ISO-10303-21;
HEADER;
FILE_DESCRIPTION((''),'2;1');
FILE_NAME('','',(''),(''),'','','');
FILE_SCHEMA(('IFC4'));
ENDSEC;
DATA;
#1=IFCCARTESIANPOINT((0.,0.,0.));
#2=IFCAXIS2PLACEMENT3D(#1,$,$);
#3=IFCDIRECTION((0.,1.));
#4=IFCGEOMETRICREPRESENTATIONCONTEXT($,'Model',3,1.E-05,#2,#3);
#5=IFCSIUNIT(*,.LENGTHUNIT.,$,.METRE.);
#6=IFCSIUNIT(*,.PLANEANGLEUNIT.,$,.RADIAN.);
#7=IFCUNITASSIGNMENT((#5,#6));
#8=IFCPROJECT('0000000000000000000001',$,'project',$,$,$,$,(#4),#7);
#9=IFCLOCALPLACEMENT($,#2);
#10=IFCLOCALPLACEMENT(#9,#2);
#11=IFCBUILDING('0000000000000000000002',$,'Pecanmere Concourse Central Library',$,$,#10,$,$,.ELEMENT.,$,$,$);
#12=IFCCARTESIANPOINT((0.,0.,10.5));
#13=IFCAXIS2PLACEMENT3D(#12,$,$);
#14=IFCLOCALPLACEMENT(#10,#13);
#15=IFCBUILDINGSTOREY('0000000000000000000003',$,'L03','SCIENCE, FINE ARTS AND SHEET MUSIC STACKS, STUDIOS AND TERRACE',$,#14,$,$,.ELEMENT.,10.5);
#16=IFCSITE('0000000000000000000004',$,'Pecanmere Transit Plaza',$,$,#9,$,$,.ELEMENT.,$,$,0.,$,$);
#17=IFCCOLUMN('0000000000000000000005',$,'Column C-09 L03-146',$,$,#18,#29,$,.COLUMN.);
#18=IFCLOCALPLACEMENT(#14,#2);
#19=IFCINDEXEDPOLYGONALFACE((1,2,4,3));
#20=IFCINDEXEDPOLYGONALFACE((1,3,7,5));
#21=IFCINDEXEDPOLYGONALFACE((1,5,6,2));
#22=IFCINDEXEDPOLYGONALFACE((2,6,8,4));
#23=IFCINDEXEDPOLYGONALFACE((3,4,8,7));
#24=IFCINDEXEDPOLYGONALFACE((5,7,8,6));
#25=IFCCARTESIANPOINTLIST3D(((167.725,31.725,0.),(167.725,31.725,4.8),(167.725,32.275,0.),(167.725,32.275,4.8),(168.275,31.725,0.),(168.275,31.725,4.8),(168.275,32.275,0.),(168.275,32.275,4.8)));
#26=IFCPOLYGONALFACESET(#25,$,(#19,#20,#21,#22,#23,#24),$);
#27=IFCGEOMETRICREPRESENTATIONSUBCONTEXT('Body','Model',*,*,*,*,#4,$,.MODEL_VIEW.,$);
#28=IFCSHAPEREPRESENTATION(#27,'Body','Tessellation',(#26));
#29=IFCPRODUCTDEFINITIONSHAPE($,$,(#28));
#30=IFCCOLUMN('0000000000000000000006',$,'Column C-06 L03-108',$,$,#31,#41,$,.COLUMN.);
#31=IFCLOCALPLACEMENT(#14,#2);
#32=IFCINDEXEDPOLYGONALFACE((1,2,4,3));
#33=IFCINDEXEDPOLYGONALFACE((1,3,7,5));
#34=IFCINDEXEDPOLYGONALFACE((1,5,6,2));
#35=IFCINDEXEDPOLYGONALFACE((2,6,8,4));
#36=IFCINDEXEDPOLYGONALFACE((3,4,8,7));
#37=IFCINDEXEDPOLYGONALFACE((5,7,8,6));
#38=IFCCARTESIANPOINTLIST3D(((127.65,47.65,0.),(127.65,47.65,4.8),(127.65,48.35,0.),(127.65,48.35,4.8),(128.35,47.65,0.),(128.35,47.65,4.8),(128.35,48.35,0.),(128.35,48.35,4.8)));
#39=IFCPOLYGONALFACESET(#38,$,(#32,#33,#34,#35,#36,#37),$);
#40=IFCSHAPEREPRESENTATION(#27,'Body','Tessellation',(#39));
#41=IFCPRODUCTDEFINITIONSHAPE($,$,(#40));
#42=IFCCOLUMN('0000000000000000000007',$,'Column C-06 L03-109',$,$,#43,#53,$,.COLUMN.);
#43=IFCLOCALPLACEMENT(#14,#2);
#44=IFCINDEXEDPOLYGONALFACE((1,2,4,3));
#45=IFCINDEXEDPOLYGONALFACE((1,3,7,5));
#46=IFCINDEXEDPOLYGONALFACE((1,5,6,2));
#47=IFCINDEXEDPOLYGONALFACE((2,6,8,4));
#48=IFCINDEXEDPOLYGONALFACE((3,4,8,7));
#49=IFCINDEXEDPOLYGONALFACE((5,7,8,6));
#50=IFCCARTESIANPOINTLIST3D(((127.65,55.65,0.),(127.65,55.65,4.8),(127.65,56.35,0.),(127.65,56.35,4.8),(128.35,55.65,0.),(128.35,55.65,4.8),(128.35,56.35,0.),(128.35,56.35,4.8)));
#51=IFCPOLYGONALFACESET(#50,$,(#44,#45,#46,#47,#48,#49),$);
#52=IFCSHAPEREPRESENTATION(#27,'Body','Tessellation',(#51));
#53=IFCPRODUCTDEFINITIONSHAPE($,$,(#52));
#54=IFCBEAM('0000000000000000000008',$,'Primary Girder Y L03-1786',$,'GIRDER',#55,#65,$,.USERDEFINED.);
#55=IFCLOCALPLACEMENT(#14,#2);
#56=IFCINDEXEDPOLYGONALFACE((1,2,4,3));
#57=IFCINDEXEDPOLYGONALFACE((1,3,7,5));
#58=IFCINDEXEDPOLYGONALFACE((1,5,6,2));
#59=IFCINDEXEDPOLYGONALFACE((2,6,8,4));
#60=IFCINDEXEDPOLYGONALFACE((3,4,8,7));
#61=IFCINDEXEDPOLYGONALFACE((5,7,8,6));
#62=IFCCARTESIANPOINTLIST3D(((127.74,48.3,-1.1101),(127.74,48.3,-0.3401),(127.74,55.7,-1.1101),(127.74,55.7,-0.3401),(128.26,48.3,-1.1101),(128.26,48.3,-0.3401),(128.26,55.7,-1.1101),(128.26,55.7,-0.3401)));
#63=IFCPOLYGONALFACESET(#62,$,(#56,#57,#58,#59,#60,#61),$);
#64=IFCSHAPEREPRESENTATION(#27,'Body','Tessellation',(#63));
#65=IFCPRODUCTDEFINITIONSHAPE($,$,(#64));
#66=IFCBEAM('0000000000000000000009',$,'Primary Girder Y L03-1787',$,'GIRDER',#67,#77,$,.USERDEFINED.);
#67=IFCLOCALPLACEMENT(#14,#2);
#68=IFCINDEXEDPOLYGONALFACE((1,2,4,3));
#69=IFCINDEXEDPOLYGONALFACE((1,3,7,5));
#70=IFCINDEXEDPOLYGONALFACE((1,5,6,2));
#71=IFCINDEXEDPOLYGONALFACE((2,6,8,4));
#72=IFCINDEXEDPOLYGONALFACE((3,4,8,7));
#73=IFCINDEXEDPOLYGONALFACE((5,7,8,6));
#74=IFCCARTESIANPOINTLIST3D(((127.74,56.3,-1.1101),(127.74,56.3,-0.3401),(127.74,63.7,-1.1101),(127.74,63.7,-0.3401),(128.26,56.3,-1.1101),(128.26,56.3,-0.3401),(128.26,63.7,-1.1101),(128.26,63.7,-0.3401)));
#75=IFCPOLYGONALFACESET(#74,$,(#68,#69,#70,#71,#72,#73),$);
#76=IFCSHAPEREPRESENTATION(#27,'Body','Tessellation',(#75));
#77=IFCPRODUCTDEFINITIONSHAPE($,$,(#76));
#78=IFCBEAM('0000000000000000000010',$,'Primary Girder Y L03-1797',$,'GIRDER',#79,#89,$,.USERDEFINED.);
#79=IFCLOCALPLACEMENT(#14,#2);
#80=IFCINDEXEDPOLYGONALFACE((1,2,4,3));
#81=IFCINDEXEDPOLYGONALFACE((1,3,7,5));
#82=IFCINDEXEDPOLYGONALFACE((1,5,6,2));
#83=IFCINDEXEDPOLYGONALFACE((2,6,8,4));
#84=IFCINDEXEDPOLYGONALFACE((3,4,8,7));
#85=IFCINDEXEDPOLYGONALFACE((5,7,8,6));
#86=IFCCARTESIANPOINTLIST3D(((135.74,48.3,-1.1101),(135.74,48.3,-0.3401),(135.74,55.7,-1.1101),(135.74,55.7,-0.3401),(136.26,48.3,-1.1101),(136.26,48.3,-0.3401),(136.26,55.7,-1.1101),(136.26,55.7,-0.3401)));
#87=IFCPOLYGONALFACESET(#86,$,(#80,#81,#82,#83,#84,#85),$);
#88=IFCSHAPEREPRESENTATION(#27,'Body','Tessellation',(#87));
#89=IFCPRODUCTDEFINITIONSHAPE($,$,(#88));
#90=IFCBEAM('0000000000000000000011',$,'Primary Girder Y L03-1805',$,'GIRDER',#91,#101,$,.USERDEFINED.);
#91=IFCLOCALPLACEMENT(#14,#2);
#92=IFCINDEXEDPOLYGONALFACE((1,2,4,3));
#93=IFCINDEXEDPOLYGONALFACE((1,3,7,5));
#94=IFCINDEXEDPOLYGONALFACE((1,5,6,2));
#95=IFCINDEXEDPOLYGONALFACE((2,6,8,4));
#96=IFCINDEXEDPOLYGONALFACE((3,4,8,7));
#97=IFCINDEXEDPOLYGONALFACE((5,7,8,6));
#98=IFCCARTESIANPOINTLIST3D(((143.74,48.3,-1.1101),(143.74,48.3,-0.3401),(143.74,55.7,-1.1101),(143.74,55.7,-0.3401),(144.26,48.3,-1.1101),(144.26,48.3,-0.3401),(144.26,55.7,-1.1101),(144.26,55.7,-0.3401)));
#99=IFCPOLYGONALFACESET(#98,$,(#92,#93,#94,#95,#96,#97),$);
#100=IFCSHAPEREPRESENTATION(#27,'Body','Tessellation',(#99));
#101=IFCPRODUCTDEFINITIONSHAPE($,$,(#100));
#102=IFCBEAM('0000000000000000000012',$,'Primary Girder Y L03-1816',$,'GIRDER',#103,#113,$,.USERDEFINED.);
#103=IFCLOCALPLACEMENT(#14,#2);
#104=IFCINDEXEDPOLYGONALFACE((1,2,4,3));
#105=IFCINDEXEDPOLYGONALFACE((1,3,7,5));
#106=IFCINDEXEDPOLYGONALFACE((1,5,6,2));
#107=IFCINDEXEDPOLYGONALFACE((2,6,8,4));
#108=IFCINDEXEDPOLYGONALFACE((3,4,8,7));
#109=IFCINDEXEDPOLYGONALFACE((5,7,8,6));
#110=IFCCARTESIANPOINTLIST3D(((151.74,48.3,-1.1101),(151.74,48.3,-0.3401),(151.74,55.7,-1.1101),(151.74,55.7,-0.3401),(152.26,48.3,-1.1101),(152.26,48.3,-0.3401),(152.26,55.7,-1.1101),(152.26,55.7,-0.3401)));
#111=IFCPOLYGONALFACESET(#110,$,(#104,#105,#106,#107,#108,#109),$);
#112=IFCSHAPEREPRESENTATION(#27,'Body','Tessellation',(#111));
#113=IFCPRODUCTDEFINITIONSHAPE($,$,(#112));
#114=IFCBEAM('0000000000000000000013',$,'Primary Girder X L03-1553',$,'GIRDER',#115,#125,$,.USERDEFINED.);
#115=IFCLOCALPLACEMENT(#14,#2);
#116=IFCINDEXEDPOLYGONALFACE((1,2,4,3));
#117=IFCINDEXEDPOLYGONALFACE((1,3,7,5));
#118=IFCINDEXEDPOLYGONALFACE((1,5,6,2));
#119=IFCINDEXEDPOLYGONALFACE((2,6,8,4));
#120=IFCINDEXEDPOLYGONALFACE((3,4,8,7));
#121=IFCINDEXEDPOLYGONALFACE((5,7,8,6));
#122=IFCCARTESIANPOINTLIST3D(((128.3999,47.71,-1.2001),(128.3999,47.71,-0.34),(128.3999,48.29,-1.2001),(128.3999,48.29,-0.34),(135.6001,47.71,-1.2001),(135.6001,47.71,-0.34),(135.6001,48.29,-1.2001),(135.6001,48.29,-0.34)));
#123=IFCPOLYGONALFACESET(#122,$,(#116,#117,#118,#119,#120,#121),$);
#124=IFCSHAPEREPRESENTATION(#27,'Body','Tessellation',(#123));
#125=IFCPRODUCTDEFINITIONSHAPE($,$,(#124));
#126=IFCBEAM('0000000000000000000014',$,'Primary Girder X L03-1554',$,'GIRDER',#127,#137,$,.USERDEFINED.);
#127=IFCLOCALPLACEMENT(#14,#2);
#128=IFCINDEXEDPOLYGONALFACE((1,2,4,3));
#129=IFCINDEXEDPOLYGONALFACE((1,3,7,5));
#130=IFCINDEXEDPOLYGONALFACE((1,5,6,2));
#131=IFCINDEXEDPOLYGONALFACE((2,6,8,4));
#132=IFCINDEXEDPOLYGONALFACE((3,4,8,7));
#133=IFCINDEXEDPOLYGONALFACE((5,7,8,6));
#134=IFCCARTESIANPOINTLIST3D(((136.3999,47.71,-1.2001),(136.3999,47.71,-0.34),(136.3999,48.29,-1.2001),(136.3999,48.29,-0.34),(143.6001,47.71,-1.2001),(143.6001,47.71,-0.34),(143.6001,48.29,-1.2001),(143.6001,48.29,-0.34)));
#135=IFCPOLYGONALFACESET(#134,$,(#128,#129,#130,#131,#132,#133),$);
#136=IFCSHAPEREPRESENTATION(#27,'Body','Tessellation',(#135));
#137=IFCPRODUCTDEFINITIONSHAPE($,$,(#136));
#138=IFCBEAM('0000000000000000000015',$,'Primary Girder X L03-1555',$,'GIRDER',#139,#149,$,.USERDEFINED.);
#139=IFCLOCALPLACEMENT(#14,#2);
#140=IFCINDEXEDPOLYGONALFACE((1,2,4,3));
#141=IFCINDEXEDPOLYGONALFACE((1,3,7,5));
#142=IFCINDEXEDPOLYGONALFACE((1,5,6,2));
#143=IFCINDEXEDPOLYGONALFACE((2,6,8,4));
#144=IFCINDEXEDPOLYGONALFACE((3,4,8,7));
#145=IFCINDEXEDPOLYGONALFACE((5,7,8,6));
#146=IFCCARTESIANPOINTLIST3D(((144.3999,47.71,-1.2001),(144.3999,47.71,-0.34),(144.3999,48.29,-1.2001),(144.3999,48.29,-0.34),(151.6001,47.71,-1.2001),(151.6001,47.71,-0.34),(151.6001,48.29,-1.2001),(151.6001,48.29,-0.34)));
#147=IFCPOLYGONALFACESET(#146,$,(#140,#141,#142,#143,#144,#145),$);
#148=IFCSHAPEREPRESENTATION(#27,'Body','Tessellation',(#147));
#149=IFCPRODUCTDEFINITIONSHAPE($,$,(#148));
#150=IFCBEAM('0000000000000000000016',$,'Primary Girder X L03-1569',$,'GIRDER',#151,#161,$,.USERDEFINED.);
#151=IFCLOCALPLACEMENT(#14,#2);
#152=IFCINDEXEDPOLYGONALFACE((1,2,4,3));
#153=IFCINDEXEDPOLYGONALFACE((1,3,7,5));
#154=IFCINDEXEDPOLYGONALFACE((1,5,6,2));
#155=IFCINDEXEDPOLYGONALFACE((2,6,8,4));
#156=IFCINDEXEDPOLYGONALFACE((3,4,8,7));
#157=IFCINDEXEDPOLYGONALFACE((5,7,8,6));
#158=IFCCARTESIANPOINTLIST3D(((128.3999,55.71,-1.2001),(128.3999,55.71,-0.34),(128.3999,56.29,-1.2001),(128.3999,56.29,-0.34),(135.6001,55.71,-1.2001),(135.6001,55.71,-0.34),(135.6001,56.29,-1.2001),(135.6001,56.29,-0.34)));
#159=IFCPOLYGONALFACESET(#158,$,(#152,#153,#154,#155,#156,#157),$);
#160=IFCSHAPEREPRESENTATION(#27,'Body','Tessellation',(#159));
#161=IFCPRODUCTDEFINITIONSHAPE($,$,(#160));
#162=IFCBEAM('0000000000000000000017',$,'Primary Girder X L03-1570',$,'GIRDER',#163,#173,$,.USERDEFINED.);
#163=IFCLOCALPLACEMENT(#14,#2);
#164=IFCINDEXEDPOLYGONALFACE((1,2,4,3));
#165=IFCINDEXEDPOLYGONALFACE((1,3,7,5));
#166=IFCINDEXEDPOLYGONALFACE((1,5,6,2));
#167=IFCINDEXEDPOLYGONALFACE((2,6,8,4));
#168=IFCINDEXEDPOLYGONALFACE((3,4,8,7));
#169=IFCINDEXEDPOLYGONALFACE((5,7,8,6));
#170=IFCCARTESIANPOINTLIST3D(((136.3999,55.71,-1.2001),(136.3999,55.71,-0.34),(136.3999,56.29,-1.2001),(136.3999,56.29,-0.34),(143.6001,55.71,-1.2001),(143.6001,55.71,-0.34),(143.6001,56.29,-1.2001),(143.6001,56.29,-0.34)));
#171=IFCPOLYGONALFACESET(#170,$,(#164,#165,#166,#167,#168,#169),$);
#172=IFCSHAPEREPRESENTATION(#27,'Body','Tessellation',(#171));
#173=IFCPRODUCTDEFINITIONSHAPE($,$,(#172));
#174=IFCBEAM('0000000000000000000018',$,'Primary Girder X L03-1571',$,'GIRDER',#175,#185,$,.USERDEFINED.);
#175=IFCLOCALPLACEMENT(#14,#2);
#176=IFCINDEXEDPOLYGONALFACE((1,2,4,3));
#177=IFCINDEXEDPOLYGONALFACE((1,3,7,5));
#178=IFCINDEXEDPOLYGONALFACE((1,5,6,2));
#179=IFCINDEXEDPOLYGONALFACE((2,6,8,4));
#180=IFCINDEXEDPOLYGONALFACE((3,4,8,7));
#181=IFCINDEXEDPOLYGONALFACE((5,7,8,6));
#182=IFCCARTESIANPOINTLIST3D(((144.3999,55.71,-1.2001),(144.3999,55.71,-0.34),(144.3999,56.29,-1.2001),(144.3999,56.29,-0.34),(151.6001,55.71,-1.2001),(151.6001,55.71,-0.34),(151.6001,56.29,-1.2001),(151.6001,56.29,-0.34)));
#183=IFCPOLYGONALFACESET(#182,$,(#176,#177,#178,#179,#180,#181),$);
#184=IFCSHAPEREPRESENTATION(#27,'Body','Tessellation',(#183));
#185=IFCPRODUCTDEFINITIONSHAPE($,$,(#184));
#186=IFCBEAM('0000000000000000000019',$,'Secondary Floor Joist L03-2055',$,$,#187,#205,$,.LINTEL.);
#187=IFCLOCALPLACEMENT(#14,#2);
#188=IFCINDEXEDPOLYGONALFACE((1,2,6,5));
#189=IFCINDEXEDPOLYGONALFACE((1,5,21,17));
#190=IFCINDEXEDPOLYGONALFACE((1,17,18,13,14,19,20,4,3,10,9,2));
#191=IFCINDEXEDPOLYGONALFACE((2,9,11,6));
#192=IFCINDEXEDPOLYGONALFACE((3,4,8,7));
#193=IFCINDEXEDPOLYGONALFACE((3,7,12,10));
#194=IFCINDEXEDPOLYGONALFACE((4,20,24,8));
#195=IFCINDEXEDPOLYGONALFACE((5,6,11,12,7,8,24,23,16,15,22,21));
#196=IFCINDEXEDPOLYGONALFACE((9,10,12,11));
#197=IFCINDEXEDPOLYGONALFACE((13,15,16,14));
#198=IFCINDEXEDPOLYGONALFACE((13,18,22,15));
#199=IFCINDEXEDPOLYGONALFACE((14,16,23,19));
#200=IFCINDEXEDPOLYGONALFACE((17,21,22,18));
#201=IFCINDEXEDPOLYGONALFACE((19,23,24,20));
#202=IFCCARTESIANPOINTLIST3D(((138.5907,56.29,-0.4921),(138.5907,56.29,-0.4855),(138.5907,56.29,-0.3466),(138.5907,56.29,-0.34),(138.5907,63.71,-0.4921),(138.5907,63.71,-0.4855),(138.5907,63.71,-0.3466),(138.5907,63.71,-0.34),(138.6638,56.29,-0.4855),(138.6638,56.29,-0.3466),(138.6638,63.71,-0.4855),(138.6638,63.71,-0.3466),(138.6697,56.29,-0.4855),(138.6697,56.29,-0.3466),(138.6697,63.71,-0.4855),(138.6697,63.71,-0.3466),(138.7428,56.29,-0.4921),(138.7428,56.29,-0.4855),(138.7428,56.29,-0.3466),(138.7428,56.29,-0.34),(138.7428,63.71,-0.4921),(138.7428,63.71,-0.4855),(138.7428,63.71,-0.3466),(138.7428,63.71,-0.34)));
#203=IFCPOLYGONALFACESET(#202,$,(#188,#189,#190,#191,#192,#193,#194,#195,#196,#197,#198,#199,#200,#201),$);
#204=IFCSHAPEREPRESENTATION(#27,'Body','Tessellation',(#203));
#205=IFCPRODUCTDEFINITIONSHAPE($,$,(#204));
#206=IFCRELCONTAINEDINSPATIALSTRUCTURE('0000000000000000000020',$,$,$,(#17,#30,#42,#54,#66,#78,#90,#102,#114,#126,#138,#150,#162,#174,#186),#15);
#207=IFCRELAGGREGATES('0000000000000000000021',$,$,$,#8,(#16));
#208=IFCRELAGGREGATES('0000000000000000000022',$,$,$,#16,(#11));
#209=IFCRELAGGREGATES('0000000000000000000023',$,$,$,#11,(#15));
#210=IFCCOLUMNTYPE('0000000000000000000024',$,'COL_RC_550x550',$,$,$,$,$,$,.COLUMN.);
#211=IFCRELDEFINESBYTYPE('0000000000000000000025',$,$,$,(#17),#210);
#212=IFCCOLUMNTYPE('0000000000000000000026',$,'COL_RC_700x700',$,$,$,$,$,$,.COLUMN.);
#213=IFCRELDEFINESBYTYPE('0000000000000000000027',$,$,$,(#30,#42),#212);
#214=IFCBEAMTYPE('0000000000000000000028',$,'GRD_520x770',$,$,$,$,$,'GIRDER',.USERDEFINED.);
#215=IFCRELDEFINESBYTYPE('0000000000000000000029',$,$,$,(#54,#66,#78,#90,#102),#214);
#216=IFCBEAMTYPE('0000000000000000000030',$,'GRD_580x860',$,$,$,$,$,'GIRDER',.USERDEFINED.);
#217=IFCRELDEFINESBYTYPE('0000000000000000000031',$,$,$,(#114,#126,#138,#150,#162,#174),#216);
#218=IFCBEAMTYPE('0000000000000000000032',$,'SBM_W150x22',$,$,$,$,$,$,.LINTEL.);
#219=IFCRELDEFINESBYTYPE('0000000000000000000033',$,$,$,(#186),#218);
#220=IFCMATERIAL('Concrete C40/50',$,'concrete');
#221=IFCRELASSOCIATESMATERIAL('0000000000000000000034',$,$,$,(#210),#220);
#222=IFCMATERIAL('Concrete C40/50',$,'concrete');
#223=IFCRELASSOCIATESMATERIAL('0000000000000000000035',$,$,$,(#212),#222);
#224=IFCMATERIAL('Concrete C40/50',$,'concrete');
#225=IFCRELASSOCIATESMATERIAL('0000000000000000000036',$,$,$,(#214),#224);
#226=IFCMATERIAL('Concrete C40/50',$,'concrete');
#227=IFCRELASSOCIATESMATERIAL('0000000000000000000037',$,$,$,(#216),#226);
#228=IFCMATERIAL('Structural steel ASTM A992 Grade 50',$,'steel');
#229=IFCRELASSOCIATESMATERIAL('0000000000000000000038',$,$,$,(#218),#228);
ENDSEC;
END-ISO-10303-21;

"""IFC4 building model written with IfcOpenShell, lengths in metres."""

from ifc_helpers import new_model, si_unit, direction, frame, origin, origin_2d, place, context, subcontext, project, spatial, rectangle, i_section, extrude, material, material_profile, profile_set, type_object, element, save


model = new_model("IFC4")

# Units and contexts
model_context = context("Model", 3, precision=1e-05, world=origin(), true_north=direction((0.0, 1.0)))
body_context = subcontext(model_context, "Body", "Model", "MODEL_VIEW")
ifc_project = project(units=[si_unit("LENGTHUNIT", "METRE"), si_unit("PLANEANGLEUNIT", "RADIAN")], contexts=[model_context])

# Site, building, storey
site_placement = place(None, origin())
site = spatial("IfcSite", under=ifc_project, at=site_placement, Name="Pecanmere Transit Plaza", CompositionType="ELEMENT", RefElevation=0.0)
building_placement = place(site_placement, origin())
building = spatial("IfcBuilding", under=site, at=building_placement, Name="Pecanmere Concourse Central Library", CompositionType="ELEMENT")
storey_placement = place(building_placement, frame((0.0, 0.0, 10.5)))
storey = spatial("IfcBuildingStorey", under=building, at=storey_placement, Name="L03", Description="SCIENCE, FINE ARTS AND SHEET MUSIC STACKS, STUDIOS AND TERRACE", CompositionType="ELEMENT", Elevation=10.5)

# Columns
ifc_material_1 = material(Name="Concrete C40/50", Category="concrete")
ifc_material_profile_1 = material_profile(ifc_material_1, rectangle(XDim=0.55, YDim=0.55, at=origin_2d()), Name="RC 550x550")
ifc_profile_set_1 = profile_set([ifc_material_profile_1], Name="Concrete C40/50")
column_type_1 = type_object("IfcColumnType", Name="COL_RC_550x550", PredefinedType="COLUMN", material=ifc_profile_set_1)
column_placement = place(storey_placement, frame((168.0, 32.0, 0.0), z_axis=(0.0, 0.0, 1.0), x_axis=(1.0, 0.0, 0.0)))
element("IfcColumn", 1, at=column_placement, inside=storey, type_object=column_type_1, Name="Column C-09 L03-146", PredefinedType="COLUMN", context=body_context, shape_type="SweptSolid", body=[
    extrude(rectangle(XDim=0.55, YDim=0.55, at=origin_2d()), origin(), (0.0, 0.0, 1.0), 4.8),
])
ifc_material_2 = material(Name="Concrete C40/50", Category="concrete")
ifc_material_profile_2 = material_profile(ifc_material_2, rectangle(XDim=0.7, YDim=0.7, at=origin_2d()), Name="RC 700x700")
ifc_profile_set_2 = profile_set([ifc_material_profile_2], Name="Concrete C40/50")
column_type_2 = type_object("IfcColumnType", Name="COL_RC_700x700", PredefinedType="COLUMN", material=ifc_profile_set_2)
for number, where, z_axis, x_axis, name in (
    (2, (128.0, 48.0, 0.0), (0.0, 0.0, 1.0), (1.0, 0.0, 0.0), "Column C-06 L03-108"),
    (3, (128.0, 56.0, 0.0), (0.0, 0.0, 1.0), (1.0, 0.0, 0.0), "Column C-06 L03-109"),
):
    element("IfcColumn", number, at=place(storey_placement, frame(where, z_axis=z_axis, x_axis=x_axis)), inside=storey, type_object=column_type_2, Name=name, PredefinedType="COLUMN", context=body_context, shape_type="SweptSolid", body=[
        extrude(rectangle(XDim=0.7, YDim=0.7, at=origin_2d()), origin(), (0.0, 0.0, 1.0), 4.8),
    ])

# Beams
ifc_material_3 = material(Name="Concrete C40/50", Category="concrete")
ifc_material_profile_3 = material_profile(ifc_material_3, rectangle(XDim=0.52, YDim=0.77, at=origin_2d()), Name="RC 520x770")
ifc_profile_set_3 = profile_set([ifc_material_profile_3], Name="Concrete C40/50")
beam_type_1 = type_object("IfcBeamType", Name="GRD_520x770", ElementType="GIRDER", PredefinedType="USERDEFINED", material=ifc_profile_set_3)
for number, where, z_axis, x_axis, name in (
    (4, (128.0, 48.3, -0.7251), (0.0, 1.0, 0.0), (-1.0, 0.0, 0.0), "Primary Girder Y L03-1786"),
    (5, (128.0, 56.3, -0.7251), (0.0, 1.0, 0.0), (-1.0, 0.0, 0.0), "Primary Girder Y L03-1787"),
    (6, (136.0, 48.3, -0.7251), (0.0, 1.0, 0.0), (-1.0, 0.0, 0.0), "Primary Girder Y L03-1797"),
    (7, (144.0, 48.3, -0.7251), (0.0, 1.0, 0.0), (-1.0, 0.0, 0.0), "Primary Girder Y L03-1805"),
    (8, (152.0, 48.3, -0.7251), (0.0, 1.0, 0.0), (-1.0, 0.0, 0.0), "Primary Girder Y L03-1816"),
):
    element("IfcBeam", number, at=place(storey_placement, frame(where, z_axis=z_axis, x_axis=x_axis)), inside=storey, type_object=beam_type_1, Name=name, ObjectType="GIRDER", PredefinedType="USERDEFINED", context=body_context, shape_type="SweptSolid", body=[
        extrude(rectangle(XDim=0.52, YDim=0.77, at=origin_2d()), origin(), (0.0, 0.0, 1.0), 7.3999),
    ])
ifc_material_4 = material(Name="Concrete C40/50", Category="concrete")
ifc_material_profile_4 = material_profile(ifc_material_4, rectangle(XDim=0.5801, YDim=0.8601, at=origin_2d()), Name="RC 580x860")
ifc_profile_set_4 = profile_set([ifc_material_profile_4], Name="Concrete C40/50")
beam_type_2 = type_object("IfcBeamType", Name="GRD_580x860", ElementType="GIRDER", PredefinedType="USERDEFINED", material=ifc_profile_set_4)
for number, where, z_axis, x_axis, name in (
    (9, (128.3999, 48.0, -0.77), (1.0, 0.0, 0.0), (0.0, 1.0, 0.0), "Primary Girder X L03-1553"),
    (10, (136.3999, 48.0, -0.77), (1.0, 0.0, 0.0), (0.0, 1.0, 0.0), "Primary Girder X L03-1554"),
    (11, (144.3999, 48.0, -0.77), (1.0, 0.0, 0.0), (0.0, 1.0, 0.0), "Primary Girder X L03-1555"),
    (12, (128.3999, 56.0, -0.77), (1.0, 0.0, 0.0), (0.0, 1.0, 0.0), "Primary Girder X L03-1569"),
    (13, (136.3999, 56.0, -0.77), (1.0, 0.0, 0.0), (0.0, 1.0, 0.0), "Primary Girder X L03-1570"),
    (14, (144.3999, 56.0, -0.77), (1.0, 0.0, 0.0), (0.0, 1.0, 0.0), "Primary Girder X L03-1571"),
):
    element("IfcBeam", number, at=place(storey_placement, frame(where, z_axis=z_axis, x_axis=x_axis)), inside=storey, type_object=beam_type_2, Name=name, ObjectType="GIRDER", PredefinedType="USERDEFINED", context=body_context, shape_type="SweptSolid", body=[
        extrude(rectangle(XDim=0.5801, YDim=0.8601, at=origin_2d()), origin(), (0.0, 0.0, 1.0), 7.2002),
    ])
ifc_material_5 = material(Name="Structural steel ASTM A992 Grade 50", Category="steel")
ifc_material_profile_5 = material_profile(ifc_material_5, i_section(OverallWidth=0.1521, OverallDepth=0.1521, WebThickness=0.0059, FlangeThickness=0.0066, at=origin_2d()), Name="W150x22.5")
ifc_profile_set_5 = profile_set([ifc_material_profile_5], Name="Structural steel ASTM A992 Grade 50")
beam_type_3 = type_object("IfcBeamType", Name="SBM_W150x22", PredefinedType="LINTEL", material=ifc_profile_set_5)
beam_1_placement = place(storey_placement, frame((138.6667, 56.29, -0.416), z_axis=(0.0, 1.0, 0.0), x_axis=(-1.0, 0.0, 0.0)))
element("IfcBeam", 15, at=beam_1_placement, inside=storey, type_object=beam_type_3, Name="Secondary Floor Joist L03-2055", PredefinedType="LINTEL", context=body_context, shape_type="SweptSolid", body=[
    extrude(i_section(OverallWidth=0.1521, OverallDepth=0.1521, WebThickness=0.0059, FlangeThickness=0.0066, at=origin_2d()), origin(), (0.0, 0.0, 1.0), 7.4199),
])

save(model, "model.ifc")
